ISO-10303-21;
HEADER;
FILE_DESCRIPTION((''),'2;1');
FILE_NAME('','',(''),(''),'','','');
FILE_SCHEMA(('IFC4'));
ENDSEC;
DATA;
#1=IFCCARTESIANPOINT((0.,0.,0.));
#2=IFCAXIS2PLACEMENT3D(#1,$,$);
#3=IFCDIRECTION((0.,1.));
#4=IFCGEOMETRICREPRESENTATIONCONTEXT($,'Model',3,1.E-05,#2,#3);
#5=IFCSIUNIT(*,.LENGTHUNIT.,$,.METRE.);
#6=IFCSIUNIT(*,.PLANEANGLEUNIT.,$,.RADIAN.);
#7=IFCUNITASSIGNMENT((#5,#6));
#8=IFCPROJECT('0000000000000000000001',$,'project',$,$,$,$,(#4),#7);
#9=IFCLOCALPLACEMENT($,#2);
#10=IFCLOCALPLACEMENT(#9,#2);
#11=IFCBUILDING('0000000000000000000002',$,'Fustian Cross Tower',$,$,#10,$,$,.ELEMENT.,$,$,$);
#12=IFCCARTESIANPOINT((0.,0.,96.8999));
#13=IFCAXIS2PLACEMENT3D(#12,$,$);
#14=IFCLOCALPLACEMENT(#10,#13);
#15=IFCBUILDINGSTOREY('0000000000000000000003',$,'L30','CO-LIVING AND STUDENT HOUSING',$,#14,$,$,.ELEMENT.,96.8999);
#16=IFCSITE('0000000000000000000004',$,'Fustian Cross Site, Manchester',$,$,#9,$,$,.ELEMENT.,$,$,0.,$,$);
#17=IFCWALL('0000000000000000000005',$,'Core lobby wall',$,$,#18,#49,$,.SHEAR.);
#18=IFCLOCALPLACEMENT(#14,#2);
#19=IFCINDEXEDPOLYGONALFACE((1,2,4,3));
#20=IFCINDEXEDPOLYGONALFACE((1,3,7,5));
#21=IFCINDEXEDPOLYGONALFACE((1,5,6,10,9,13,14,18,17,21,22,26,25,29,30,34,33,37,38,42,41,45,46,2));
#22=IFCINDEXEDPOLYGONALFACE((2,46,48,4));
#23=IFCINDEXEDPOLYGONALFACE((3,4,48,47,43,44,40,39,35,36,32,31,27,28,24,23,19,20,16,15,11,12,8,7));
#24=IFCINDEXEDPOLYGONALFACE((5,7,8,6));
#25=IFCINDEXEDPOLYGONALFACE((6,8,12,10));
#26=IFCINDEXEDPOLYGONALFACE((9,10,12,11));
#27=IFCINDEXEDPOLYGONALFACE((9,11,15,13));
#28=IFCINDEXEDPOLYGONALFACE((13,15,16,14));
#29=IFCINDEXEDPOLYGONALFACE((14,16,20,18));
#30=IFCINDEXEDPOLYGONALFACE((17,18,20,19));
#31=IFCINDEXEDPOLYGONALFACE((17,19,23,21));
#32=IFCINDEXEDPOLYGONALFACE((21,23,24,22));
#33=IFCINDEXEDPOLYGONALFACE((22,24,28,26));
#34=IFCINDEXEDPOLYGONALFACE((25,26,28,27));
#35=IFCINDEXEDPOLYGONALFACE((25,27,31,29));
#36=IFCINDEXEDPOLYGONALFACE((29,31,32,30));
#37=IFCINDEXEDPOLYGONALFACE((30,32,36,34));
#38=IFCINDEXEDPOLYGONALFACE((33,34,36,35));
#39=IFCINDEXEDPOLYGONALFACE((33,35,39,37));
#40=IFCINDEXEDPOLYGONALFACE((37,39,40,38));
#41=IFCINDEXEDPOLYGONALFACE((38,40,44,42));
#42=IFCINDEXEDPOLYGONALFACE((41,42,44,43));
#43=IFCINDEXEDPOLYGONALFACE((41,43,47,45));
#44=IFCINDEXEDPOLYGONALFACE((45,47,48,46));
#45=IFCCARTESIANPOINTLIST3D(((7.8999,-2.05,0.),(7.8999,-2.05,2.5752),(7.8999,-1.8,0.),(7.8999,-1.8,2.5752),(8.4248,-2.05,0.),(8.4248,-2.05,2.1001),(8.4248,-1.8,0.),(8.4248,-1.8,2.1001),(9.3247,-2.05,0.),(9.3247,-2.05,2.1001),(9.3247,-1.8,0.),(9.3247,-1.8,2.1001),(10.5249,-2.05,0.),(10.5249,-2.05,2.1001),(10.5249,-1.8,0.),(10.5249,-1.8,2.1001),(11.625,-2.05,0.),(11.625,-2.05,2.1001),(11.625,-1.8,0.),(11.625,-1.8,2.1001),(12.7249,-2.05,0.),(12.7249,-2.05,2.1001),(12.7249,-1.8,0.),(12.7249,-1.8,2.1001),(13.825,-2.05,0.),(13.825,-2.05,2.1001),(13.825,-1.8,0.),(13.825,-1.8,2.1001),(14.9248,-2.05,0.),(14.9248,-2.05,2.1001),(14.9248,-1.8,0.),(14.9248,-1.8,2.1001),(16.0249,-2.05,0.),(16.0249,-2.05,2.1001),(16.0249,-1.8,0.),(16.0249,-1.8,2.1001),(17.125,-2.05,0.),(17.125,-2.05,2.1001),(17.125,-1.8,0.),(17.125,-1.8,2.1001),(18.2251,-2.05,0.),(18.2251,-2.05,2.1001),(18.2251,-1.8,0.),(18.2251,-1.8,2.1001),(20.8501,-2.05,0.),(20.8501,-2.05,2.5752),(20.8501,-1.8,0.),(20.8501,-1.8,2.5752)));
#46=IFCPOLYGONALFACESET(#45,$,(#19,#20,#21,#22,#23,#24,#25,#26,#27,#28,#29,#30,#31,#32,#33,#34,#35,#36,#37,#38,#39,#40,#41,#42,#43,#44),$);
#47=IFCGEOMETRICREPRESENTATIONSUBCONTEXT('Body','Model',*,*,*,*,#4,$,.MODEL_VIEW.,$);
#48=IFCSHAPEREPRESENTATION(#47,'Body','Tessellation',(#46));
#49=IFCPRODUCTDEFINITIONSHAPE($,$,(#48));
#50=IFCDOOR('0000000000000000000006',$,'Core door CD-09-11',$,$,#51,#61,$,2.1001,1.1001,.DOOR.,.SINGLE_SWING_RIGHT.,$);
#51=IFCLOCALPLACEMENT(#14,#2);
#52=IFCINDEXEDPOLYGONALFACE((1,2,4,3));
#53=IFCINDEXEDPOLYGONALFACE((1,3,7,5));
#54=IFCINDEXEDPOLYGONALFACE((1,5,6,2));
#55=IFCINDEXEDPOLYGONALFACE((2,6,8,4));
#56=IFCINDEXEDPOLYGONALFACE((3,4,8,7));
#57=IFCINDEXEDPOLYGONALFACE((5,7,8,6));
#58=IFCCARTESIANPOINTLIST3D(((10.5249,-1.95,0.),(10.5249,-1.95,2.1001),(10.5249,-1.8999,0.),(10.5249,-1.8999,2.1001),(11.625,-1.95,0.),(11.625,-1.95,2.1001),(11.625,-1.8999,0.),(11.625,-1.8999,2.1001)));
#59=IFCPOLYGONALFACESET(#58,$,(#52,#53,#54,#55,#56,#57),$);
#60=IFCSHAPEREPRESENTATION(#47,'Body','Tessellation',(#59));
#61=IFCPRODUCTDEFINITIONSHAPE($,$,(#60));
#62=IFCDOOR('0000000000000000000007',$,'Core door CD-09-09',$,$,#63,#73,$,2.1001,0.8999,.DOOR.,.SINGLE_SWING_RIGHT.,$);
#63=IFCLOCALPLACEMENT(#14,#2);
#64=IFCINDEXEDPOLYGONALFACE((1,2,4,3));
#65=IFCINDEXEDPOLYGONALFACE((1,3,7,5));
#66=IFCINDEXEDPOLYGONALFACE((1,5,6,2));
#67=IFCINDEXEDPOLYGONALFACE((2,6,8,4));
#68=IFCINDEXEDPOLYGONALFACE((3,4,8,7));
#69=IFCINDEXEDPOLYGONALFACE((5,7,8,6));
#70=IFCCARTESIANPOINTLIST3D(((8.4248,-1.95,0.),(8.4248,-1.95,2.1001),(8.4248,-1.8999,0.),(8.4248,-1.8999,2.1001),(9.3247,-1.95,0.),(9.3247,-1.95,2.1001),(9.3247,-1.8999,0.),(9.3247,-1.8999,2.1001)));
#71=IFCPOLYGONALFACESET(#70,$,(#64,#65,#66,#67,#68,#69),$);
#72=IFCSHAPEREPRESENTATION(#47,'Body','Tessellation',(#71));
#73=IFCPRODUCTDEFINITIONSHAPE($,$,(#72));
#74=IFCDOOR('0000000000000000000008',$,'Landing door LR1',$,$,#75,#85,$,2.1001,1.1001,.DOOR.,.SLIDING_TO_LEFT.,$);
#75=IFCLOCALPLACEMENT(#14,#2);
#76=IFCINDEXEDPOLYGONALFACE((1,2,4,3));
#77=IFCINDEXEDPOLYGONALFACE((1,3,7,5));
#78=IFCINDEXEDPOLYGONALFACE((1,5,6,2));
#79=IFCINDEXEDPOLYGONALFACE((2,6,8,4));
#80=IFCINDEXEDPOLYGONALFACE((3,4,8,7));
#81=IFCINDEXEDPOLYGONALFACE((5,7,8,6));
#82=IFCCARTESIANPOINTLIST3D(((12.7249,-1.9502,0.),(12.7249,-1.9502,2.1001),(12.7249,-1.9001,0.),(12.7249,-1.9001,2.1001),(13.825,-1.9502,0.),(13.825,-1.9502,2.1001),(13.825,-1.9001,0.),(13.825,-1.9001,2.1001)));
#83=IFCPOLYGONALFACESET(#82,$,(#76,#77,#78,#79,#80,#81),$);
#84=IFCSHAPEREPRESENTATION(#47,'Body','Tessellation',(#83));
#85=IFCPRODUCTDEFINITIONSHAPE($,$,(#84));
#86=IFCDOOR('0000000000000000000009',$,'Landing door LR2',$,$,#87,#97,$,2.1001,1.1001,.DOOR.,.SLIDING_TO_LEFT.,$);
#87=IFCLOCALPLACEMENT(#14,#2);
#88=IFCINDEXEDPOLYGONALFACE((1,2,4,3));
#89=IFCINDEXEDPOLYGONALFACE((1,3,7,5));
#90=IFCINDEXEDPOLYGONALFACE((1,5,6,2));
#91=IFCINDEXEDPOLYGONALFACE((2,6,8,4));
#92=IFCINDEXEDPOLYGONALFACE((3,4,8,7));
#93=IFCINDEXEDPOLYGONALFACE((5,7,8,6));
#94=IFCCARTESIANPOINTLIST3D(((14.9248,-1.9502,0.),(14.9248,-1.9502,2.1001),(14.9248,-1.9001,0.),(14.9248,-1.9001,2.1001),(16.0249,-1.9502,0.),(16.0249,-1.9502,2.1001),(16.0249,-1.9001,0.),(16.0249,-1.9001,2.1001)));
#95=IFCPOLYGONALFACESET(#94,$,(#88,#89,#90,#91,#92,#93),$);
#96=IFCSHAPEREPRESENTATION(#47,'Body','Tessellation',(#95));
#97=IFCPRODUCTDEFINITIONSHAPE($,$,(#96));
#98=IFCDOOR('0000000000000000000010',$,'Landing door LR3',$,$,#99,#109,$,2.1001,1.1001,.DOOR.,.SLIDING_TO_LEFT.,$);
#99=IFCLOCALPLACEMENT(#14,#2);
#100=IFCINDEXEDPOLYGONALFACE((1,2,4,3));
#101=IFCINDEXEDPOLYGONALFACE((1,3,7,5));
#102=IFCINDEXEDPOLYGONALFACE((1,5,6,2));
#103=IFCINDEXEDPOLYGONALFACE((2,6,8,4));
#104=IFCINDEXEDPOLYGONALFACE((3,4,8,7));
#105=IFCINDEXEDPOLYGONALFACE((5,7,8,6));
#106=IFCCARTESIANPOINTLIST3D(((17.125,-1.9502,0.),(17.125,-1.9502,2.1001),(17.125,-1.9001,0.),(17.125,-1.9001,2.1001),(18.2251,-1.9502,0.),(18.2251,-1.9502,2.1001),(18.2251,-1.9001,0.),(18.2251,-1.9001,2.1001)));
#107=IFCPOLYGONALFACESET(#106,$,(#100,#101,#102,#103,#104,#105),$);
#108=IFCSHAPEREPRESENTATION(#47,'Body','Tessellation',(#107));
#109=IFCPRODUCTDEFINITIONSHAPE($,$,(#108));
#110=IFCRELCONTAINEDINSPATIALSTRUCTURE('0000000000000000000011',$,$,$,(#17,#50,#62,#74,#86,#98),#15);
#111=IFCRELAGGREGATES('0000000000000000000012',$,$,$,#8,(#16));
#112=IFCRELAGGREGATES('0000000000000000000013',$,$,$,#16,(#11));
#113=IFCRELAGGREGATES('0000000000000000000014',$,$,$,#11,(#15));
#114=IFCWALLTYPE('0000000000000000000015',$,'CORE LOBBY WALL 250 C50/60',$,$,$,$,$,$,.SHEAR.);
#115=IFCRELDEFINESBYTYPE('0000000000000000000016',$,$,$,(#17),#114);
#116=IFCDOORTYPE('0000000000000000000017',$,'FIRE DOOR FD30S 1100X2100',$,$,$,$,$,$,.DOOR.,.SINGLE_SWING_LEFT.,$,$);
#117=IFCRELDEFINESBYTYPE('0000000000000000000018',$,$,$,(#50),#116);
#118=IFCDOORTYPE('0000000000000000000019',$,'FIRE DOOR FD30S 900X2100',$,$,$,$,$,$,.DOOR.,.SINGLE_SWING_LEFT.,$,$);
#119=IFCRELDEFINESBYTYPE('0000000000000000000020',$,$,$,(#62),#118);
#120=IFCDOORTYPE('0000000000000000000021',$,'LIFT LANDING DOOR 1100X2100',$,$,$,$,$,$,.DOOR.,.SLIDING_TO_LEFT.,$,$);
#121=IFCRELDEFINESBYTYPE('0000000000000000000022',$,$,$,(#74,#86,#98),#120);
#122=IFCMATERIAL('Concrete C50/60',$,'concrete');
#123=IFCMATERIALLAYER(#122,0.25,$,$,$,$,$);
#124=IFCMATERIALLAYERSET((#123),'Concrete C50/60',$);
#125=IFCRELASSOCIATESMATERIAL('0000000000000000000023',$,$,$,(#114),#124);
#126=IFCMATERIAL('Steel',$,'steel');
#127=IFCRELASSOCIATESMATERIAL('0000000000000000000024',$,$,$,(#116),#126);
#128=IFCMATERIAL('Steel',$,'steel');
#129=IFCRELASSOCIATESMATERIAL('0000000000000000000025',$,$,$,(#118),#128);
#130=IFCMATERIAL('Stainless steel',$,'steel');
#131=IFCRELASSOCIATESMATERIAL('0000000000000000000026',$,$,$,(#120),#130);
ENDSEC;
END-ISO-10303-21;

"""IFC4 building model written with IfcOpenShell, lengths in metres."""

from ifc_helpers import new_model, si_unit, direction, frame, frame_2d, origin, place, context, subcontext, project, spatial, rectangle, extrude, material, layer, layer_set, type_object, element, fill, save


model = new_model("IFC4")

# Units and contexts
model_context = context("Model", 3, precision=1e-05, world=origin(), true_north=direction((0.0, 1.0)))
body_context = subcontext(model_context, "Body", "Model", "MODEL_VIEW")
ifc_project = project(units=[si_unit("LENGTHUNIT", "METRE"), si_unit("PLANEANGLEUNIT", "RADIAN")], contexts=[model_context])

# Site, building, storey
site_placement = place(None, origin())
site = spatial("IfcSite", under=ifc_project, at=site_placement, Name="Fustian Cross Site, Manchester", CompositionType="ELEMENT", RefElevation=0.0)
building_placement = place(site_placement, origin())
building = spatial("IfcBuilding", under=site, at=building_placement, Name="Fustian Cross Tower", CompositionType="ELEMENT")
storey_placement = place(building_placement, frame((0.0, 0.0, 96.8999)))
storey = spatial("IfcBuildingStorey", under=building, at=storey_placement, Name="L30", Description="CO-LIVING AND STUDENT HOUSING", CompositionType="ELEMENT", Elevation=96.8999)

# Wall, openings, doors
ifc_material_1 = material(Name="Concrete C50/60", Category="concrete")
ifc_layer_1 = layer(ifc_material_1, 0.25)
ifc_layer_set_1 = layer_set([ifc_layer_1], Name="Concrete C50/60")
wall_type_1 = type_object("IfcWallType", Name="CORE LOBBY WALL 250 C50/60", PredefinedType="SHEAR", material=ifc_layer_set_1)
wall_1_placement = place(storey_placement, frame((7.8999, -1.925, 0.0), z_axis=(0.0, 0.0, 1.0), x_axis=(1.0, 0.0, 0.0)))
wall_1 = element("IfcWall", 1, at=wall_1_placement, inside=storey, type_object=wall_type_1, Name="Core lobby wall", PredefinedType="SHEAR", context=body_context, shape_type="SweptSolid", body=[
    extrude(rectangle(XDim=12.9502, YDim=0.25, at=frame_2d((6.4751, 0.0))), origin(), (0.0, 0.0, 1.0), 2.5752),
])
opening_1_placement = place(wall_1_placement, frame((4.825, 0.0, 0.0)))
opening_1 = element("IfcOpeningElement", 2, at=opening_1_placement, cuts=wall_1, PredefinedType="OPENING", context=body_context, shape_type="SweptSolid", body=[
    extrude(rectangle(XDim=1.1001, YDim=2.1001, at=frame_2d((0.55, 1.05))), frame((0.0, 0.135, 0.0), z_axis=(0.0, -1.0, 0.0), x_axis=(1.0, 0.0, 0.0)), (0.0, 0.0, 1.0), 0.27),
])
opening_2_placement = place(wall_1_placement, frame((7.0249, 0.0, 0.0)))
opening_2 = element("IfcOpeningElement", 3, at=opening_2_placement, cuts=wall_1, PredefinedType="OPENING", context=body_context, shape_type="SweptSolid", body=[
    extrude(rectangle(XDim=1.1001, YDim=2.1001, at=frame_2d((0.55, 1.05))), frame((0.0, 0.135, 0.0), z_axis=(0.0, -1.0, 0.0), x_axis=(1.0, 0.0, 0.0)), (0.0, 0.0, 1.0), 0.27),
])
opening_3_placement = place(wall_1_placement, frame((9.2251, 0.0, 0.0)))
opening_3 = element("IfcOpeningElement", 4, at=opening_3_placement, cuts=wall_1, PredefinedType="OPENING", context=body_context, shape_type="SweptSolid", body=[
    extrude(rectangle(XDim=1.1001, YDim=2.1001, at=frame_2d((0.55, 1.05))), frame((0.0, 0.135, 0.0), z_axis=(0.0, -1.0, 0.0), x_axis=(1.0, 0.0, 0.0)), (0.0, 0.0, 1.0), 0.27),
])
opening_4_placement = place(wall_1_placement, frame((0.5249, 0.0, 0.0)))
opening_4 = element("IfcOpeningElement", 5, at=opening_4_placement, cuts=wall_1, PredefinedType="OPENING", context=body_context, shape_type="SweptSolid", body=[
    extrude(rectangle(XDim=0.8999, YDim=2.1001, at=frame_2d((0.45, 1.05))), frame((0.0, 0.135, 0.0), z_axis=(0.0, -1.0, 0.0), x_axis=(1.0, 0.0, 0.0)), (0.0, 0.0, 1.0), 0.27),
])
opening_5_placement = place(wall_1_placement, frame((2.625, 0.0, 0.0)))
opening_5 = element("IfcOpeningElement", 6, at=opening_5_placement, cuts=wall_1, PredefinedType="OPENING", context=body_context, shape_type="SweptSolid", body=[
    extrude(rectangle(XDim=1.1001, YDim=2.1001, at=frame_2d((0.55, 1.05))), frame((0.0, 0.135, 0.0), z_axis=(0.0, -1.0, 0.0), x_axis=(1.0, 0.0, 0.0)), (0.0, 0.0, 1.0), 0.27),
])
ifc_material_2 = material(Name="Steel", Category="steel")
door_type_1 = type_object("IfcDoorType", Name="FIRE DOOR FD30S 1100X2100", OperationType="SINGLE_SWING_LEFT", PredefinedType="DOOR", material=ifc_material_2)
door_1_placement = place(opening_5_placement, frame((1.1001, 0.0, 0.0), z_axis=(0.0, 0.0, 1.0), x_axis=(-1.0, 0.0, 0.0)))
door_1 = element("IfcDoor", 7, at=door_1_placement, inside=storey, type_object=door_type_1, Name="Core door CD-09-11", OperationType="SINGLE_SWING_RIGHT", OverallHeight=2.1001, OverallWidth=1.1001, PredefinedType="DOOR", context=body_context, shape_type="SweptSolid", body=[
    extrude(rectangle(XDim=1.1001, YDim=2.1001, at=frame_2d((0.55, 1.05))), frame((0.0, 0.0249, 0.0), z_axis=(0.0, -1.0, 0.0), x_axis=(1.0, 0.0, 0.0)), (0.0, 0.0, 1.0), 0.05),
])
fill(opening_5, door_1)
ifc_material_3 = material(Name="Steel", Category="steel")
door_type_2 = type_object("IfcDoorType", Name="FIRE DOOR FD30S 900X2100", OperationType="SINGLE_SWING_LEFT", PredefinedType="DOOR", material=ifc_material_3)
door_2_placement = place(opening_4_placement, frame((0.8999, 0.0, 0.0), z_axis=(0.0, 0.0, 1.0), x_axis=(-1.0, 0.0, 0.0)))
door_2 = element("IfcDoor", 8, at=door_2_placement, inside=storey, type_object=door_type_2, Name="Core door CD-09-09", OperationType="SINGLE_SWING_RIGHT", OverallHeight=2.1001, OverallWidth=0.8999, PredefinedType="DOOR", context=body_context, shape_type="SweptSolid", body=[
    extrude(rectangle(XDim=0.8999, YDim=2.1001, at=frame_2d((0.45, 1.05))), frame((0.0, 0.0249, 0.0), z_axis=(0.0, -1.0, 0.0), x_axis=(1.0, 0.0, 0.0)), (0.0, 0.0, 1.0), 0.05),
])
fill(opening_4, door_2)
ifc_material_4 = material(Name="Stainless steel", Category="steel")
door_type_3 = type_object("IfcDoorType", Name="LIFT LANDING DOOR 1100X2100", OperationType="SLIDING_TO_LEFT", PredefinedType="DOOR", material=ifc_material_4)
door_3_placement = place(opening_1_placement, origin())
door_3 = element("IfcDoor", 9, at=door_3_placement, inside=storey, type_object=door_type_3, Name="Landing door LR1", OperationType="SLIDING_TO_LEFT", OverallHeight=2.1001, OverallWidth=1.1001, PredefinedType="DOOR", context=body_context, shape_type="SweptSolid", body=[
    extrude(rectangle(XDim=1.1001, YDim=2.1001, at=frame_2d((0.55, 1.05))), frame((0.0, 0.0249, 0.0), z_axis=(0.0, -1.0, 0.0), x_axis=(1.0, 0.0, 0.0)), (0.0, 0.0, 1.0), 0.05),
])
fill(opening_1, door_3)
door_4_placement = place(opening_2_placement, origin())
door_4 = element("IfcDoor", 10, at=door_4_placement, inside=storey, type_object=door_type_3, Name="Landing door LR2", OperationType="SLIDING_TO_LEFT", OverallHeight=2.1001, OverallWidth=1.1001, PredefinedType="DOOR", context=body_context, shape_type="SweptSolid", body=[
    extrude(rectangle(XDim=1.1001, YDim=2.1001, at=frame_2d((0.55, 1.05))), frame((0.0, 0.0249, 0.0), z_axis=(0.0, -1.0, 0.0), x_axis=(1.0, 0.0, 0.0)), (0.0, 0.0, 1.0), 0.05),
])
fill(opening_2, door_4)
door_5_placement = place(opening_3_placement, origin())
door_5 = element("IfcDoor", 11, at=door_5_placement, inside=storey, type_object=door_type_3, Name="Landing door LR3", OperationType="SLIDING_TO_LEFT", OverallHeight=2.1001, OverallWidth=1.1001, PredefinedType="DOOR", context=body_context, shape_type="SweptSolid", body=[
    extrude(rectangle(XDim=1.1001, YDim=2.1001, at=frame_2d((0.55, 1.05))), frame((0.0, 0.0249, 0.0), z_axis=(0.0, -1.0, 0.0), x_axis=(1.0, 0.0, 0.0)), (0.0, 0.0, 1.0), 0.05),
])
fill(opening_3, door_5)

save(model, "model.ifc")
